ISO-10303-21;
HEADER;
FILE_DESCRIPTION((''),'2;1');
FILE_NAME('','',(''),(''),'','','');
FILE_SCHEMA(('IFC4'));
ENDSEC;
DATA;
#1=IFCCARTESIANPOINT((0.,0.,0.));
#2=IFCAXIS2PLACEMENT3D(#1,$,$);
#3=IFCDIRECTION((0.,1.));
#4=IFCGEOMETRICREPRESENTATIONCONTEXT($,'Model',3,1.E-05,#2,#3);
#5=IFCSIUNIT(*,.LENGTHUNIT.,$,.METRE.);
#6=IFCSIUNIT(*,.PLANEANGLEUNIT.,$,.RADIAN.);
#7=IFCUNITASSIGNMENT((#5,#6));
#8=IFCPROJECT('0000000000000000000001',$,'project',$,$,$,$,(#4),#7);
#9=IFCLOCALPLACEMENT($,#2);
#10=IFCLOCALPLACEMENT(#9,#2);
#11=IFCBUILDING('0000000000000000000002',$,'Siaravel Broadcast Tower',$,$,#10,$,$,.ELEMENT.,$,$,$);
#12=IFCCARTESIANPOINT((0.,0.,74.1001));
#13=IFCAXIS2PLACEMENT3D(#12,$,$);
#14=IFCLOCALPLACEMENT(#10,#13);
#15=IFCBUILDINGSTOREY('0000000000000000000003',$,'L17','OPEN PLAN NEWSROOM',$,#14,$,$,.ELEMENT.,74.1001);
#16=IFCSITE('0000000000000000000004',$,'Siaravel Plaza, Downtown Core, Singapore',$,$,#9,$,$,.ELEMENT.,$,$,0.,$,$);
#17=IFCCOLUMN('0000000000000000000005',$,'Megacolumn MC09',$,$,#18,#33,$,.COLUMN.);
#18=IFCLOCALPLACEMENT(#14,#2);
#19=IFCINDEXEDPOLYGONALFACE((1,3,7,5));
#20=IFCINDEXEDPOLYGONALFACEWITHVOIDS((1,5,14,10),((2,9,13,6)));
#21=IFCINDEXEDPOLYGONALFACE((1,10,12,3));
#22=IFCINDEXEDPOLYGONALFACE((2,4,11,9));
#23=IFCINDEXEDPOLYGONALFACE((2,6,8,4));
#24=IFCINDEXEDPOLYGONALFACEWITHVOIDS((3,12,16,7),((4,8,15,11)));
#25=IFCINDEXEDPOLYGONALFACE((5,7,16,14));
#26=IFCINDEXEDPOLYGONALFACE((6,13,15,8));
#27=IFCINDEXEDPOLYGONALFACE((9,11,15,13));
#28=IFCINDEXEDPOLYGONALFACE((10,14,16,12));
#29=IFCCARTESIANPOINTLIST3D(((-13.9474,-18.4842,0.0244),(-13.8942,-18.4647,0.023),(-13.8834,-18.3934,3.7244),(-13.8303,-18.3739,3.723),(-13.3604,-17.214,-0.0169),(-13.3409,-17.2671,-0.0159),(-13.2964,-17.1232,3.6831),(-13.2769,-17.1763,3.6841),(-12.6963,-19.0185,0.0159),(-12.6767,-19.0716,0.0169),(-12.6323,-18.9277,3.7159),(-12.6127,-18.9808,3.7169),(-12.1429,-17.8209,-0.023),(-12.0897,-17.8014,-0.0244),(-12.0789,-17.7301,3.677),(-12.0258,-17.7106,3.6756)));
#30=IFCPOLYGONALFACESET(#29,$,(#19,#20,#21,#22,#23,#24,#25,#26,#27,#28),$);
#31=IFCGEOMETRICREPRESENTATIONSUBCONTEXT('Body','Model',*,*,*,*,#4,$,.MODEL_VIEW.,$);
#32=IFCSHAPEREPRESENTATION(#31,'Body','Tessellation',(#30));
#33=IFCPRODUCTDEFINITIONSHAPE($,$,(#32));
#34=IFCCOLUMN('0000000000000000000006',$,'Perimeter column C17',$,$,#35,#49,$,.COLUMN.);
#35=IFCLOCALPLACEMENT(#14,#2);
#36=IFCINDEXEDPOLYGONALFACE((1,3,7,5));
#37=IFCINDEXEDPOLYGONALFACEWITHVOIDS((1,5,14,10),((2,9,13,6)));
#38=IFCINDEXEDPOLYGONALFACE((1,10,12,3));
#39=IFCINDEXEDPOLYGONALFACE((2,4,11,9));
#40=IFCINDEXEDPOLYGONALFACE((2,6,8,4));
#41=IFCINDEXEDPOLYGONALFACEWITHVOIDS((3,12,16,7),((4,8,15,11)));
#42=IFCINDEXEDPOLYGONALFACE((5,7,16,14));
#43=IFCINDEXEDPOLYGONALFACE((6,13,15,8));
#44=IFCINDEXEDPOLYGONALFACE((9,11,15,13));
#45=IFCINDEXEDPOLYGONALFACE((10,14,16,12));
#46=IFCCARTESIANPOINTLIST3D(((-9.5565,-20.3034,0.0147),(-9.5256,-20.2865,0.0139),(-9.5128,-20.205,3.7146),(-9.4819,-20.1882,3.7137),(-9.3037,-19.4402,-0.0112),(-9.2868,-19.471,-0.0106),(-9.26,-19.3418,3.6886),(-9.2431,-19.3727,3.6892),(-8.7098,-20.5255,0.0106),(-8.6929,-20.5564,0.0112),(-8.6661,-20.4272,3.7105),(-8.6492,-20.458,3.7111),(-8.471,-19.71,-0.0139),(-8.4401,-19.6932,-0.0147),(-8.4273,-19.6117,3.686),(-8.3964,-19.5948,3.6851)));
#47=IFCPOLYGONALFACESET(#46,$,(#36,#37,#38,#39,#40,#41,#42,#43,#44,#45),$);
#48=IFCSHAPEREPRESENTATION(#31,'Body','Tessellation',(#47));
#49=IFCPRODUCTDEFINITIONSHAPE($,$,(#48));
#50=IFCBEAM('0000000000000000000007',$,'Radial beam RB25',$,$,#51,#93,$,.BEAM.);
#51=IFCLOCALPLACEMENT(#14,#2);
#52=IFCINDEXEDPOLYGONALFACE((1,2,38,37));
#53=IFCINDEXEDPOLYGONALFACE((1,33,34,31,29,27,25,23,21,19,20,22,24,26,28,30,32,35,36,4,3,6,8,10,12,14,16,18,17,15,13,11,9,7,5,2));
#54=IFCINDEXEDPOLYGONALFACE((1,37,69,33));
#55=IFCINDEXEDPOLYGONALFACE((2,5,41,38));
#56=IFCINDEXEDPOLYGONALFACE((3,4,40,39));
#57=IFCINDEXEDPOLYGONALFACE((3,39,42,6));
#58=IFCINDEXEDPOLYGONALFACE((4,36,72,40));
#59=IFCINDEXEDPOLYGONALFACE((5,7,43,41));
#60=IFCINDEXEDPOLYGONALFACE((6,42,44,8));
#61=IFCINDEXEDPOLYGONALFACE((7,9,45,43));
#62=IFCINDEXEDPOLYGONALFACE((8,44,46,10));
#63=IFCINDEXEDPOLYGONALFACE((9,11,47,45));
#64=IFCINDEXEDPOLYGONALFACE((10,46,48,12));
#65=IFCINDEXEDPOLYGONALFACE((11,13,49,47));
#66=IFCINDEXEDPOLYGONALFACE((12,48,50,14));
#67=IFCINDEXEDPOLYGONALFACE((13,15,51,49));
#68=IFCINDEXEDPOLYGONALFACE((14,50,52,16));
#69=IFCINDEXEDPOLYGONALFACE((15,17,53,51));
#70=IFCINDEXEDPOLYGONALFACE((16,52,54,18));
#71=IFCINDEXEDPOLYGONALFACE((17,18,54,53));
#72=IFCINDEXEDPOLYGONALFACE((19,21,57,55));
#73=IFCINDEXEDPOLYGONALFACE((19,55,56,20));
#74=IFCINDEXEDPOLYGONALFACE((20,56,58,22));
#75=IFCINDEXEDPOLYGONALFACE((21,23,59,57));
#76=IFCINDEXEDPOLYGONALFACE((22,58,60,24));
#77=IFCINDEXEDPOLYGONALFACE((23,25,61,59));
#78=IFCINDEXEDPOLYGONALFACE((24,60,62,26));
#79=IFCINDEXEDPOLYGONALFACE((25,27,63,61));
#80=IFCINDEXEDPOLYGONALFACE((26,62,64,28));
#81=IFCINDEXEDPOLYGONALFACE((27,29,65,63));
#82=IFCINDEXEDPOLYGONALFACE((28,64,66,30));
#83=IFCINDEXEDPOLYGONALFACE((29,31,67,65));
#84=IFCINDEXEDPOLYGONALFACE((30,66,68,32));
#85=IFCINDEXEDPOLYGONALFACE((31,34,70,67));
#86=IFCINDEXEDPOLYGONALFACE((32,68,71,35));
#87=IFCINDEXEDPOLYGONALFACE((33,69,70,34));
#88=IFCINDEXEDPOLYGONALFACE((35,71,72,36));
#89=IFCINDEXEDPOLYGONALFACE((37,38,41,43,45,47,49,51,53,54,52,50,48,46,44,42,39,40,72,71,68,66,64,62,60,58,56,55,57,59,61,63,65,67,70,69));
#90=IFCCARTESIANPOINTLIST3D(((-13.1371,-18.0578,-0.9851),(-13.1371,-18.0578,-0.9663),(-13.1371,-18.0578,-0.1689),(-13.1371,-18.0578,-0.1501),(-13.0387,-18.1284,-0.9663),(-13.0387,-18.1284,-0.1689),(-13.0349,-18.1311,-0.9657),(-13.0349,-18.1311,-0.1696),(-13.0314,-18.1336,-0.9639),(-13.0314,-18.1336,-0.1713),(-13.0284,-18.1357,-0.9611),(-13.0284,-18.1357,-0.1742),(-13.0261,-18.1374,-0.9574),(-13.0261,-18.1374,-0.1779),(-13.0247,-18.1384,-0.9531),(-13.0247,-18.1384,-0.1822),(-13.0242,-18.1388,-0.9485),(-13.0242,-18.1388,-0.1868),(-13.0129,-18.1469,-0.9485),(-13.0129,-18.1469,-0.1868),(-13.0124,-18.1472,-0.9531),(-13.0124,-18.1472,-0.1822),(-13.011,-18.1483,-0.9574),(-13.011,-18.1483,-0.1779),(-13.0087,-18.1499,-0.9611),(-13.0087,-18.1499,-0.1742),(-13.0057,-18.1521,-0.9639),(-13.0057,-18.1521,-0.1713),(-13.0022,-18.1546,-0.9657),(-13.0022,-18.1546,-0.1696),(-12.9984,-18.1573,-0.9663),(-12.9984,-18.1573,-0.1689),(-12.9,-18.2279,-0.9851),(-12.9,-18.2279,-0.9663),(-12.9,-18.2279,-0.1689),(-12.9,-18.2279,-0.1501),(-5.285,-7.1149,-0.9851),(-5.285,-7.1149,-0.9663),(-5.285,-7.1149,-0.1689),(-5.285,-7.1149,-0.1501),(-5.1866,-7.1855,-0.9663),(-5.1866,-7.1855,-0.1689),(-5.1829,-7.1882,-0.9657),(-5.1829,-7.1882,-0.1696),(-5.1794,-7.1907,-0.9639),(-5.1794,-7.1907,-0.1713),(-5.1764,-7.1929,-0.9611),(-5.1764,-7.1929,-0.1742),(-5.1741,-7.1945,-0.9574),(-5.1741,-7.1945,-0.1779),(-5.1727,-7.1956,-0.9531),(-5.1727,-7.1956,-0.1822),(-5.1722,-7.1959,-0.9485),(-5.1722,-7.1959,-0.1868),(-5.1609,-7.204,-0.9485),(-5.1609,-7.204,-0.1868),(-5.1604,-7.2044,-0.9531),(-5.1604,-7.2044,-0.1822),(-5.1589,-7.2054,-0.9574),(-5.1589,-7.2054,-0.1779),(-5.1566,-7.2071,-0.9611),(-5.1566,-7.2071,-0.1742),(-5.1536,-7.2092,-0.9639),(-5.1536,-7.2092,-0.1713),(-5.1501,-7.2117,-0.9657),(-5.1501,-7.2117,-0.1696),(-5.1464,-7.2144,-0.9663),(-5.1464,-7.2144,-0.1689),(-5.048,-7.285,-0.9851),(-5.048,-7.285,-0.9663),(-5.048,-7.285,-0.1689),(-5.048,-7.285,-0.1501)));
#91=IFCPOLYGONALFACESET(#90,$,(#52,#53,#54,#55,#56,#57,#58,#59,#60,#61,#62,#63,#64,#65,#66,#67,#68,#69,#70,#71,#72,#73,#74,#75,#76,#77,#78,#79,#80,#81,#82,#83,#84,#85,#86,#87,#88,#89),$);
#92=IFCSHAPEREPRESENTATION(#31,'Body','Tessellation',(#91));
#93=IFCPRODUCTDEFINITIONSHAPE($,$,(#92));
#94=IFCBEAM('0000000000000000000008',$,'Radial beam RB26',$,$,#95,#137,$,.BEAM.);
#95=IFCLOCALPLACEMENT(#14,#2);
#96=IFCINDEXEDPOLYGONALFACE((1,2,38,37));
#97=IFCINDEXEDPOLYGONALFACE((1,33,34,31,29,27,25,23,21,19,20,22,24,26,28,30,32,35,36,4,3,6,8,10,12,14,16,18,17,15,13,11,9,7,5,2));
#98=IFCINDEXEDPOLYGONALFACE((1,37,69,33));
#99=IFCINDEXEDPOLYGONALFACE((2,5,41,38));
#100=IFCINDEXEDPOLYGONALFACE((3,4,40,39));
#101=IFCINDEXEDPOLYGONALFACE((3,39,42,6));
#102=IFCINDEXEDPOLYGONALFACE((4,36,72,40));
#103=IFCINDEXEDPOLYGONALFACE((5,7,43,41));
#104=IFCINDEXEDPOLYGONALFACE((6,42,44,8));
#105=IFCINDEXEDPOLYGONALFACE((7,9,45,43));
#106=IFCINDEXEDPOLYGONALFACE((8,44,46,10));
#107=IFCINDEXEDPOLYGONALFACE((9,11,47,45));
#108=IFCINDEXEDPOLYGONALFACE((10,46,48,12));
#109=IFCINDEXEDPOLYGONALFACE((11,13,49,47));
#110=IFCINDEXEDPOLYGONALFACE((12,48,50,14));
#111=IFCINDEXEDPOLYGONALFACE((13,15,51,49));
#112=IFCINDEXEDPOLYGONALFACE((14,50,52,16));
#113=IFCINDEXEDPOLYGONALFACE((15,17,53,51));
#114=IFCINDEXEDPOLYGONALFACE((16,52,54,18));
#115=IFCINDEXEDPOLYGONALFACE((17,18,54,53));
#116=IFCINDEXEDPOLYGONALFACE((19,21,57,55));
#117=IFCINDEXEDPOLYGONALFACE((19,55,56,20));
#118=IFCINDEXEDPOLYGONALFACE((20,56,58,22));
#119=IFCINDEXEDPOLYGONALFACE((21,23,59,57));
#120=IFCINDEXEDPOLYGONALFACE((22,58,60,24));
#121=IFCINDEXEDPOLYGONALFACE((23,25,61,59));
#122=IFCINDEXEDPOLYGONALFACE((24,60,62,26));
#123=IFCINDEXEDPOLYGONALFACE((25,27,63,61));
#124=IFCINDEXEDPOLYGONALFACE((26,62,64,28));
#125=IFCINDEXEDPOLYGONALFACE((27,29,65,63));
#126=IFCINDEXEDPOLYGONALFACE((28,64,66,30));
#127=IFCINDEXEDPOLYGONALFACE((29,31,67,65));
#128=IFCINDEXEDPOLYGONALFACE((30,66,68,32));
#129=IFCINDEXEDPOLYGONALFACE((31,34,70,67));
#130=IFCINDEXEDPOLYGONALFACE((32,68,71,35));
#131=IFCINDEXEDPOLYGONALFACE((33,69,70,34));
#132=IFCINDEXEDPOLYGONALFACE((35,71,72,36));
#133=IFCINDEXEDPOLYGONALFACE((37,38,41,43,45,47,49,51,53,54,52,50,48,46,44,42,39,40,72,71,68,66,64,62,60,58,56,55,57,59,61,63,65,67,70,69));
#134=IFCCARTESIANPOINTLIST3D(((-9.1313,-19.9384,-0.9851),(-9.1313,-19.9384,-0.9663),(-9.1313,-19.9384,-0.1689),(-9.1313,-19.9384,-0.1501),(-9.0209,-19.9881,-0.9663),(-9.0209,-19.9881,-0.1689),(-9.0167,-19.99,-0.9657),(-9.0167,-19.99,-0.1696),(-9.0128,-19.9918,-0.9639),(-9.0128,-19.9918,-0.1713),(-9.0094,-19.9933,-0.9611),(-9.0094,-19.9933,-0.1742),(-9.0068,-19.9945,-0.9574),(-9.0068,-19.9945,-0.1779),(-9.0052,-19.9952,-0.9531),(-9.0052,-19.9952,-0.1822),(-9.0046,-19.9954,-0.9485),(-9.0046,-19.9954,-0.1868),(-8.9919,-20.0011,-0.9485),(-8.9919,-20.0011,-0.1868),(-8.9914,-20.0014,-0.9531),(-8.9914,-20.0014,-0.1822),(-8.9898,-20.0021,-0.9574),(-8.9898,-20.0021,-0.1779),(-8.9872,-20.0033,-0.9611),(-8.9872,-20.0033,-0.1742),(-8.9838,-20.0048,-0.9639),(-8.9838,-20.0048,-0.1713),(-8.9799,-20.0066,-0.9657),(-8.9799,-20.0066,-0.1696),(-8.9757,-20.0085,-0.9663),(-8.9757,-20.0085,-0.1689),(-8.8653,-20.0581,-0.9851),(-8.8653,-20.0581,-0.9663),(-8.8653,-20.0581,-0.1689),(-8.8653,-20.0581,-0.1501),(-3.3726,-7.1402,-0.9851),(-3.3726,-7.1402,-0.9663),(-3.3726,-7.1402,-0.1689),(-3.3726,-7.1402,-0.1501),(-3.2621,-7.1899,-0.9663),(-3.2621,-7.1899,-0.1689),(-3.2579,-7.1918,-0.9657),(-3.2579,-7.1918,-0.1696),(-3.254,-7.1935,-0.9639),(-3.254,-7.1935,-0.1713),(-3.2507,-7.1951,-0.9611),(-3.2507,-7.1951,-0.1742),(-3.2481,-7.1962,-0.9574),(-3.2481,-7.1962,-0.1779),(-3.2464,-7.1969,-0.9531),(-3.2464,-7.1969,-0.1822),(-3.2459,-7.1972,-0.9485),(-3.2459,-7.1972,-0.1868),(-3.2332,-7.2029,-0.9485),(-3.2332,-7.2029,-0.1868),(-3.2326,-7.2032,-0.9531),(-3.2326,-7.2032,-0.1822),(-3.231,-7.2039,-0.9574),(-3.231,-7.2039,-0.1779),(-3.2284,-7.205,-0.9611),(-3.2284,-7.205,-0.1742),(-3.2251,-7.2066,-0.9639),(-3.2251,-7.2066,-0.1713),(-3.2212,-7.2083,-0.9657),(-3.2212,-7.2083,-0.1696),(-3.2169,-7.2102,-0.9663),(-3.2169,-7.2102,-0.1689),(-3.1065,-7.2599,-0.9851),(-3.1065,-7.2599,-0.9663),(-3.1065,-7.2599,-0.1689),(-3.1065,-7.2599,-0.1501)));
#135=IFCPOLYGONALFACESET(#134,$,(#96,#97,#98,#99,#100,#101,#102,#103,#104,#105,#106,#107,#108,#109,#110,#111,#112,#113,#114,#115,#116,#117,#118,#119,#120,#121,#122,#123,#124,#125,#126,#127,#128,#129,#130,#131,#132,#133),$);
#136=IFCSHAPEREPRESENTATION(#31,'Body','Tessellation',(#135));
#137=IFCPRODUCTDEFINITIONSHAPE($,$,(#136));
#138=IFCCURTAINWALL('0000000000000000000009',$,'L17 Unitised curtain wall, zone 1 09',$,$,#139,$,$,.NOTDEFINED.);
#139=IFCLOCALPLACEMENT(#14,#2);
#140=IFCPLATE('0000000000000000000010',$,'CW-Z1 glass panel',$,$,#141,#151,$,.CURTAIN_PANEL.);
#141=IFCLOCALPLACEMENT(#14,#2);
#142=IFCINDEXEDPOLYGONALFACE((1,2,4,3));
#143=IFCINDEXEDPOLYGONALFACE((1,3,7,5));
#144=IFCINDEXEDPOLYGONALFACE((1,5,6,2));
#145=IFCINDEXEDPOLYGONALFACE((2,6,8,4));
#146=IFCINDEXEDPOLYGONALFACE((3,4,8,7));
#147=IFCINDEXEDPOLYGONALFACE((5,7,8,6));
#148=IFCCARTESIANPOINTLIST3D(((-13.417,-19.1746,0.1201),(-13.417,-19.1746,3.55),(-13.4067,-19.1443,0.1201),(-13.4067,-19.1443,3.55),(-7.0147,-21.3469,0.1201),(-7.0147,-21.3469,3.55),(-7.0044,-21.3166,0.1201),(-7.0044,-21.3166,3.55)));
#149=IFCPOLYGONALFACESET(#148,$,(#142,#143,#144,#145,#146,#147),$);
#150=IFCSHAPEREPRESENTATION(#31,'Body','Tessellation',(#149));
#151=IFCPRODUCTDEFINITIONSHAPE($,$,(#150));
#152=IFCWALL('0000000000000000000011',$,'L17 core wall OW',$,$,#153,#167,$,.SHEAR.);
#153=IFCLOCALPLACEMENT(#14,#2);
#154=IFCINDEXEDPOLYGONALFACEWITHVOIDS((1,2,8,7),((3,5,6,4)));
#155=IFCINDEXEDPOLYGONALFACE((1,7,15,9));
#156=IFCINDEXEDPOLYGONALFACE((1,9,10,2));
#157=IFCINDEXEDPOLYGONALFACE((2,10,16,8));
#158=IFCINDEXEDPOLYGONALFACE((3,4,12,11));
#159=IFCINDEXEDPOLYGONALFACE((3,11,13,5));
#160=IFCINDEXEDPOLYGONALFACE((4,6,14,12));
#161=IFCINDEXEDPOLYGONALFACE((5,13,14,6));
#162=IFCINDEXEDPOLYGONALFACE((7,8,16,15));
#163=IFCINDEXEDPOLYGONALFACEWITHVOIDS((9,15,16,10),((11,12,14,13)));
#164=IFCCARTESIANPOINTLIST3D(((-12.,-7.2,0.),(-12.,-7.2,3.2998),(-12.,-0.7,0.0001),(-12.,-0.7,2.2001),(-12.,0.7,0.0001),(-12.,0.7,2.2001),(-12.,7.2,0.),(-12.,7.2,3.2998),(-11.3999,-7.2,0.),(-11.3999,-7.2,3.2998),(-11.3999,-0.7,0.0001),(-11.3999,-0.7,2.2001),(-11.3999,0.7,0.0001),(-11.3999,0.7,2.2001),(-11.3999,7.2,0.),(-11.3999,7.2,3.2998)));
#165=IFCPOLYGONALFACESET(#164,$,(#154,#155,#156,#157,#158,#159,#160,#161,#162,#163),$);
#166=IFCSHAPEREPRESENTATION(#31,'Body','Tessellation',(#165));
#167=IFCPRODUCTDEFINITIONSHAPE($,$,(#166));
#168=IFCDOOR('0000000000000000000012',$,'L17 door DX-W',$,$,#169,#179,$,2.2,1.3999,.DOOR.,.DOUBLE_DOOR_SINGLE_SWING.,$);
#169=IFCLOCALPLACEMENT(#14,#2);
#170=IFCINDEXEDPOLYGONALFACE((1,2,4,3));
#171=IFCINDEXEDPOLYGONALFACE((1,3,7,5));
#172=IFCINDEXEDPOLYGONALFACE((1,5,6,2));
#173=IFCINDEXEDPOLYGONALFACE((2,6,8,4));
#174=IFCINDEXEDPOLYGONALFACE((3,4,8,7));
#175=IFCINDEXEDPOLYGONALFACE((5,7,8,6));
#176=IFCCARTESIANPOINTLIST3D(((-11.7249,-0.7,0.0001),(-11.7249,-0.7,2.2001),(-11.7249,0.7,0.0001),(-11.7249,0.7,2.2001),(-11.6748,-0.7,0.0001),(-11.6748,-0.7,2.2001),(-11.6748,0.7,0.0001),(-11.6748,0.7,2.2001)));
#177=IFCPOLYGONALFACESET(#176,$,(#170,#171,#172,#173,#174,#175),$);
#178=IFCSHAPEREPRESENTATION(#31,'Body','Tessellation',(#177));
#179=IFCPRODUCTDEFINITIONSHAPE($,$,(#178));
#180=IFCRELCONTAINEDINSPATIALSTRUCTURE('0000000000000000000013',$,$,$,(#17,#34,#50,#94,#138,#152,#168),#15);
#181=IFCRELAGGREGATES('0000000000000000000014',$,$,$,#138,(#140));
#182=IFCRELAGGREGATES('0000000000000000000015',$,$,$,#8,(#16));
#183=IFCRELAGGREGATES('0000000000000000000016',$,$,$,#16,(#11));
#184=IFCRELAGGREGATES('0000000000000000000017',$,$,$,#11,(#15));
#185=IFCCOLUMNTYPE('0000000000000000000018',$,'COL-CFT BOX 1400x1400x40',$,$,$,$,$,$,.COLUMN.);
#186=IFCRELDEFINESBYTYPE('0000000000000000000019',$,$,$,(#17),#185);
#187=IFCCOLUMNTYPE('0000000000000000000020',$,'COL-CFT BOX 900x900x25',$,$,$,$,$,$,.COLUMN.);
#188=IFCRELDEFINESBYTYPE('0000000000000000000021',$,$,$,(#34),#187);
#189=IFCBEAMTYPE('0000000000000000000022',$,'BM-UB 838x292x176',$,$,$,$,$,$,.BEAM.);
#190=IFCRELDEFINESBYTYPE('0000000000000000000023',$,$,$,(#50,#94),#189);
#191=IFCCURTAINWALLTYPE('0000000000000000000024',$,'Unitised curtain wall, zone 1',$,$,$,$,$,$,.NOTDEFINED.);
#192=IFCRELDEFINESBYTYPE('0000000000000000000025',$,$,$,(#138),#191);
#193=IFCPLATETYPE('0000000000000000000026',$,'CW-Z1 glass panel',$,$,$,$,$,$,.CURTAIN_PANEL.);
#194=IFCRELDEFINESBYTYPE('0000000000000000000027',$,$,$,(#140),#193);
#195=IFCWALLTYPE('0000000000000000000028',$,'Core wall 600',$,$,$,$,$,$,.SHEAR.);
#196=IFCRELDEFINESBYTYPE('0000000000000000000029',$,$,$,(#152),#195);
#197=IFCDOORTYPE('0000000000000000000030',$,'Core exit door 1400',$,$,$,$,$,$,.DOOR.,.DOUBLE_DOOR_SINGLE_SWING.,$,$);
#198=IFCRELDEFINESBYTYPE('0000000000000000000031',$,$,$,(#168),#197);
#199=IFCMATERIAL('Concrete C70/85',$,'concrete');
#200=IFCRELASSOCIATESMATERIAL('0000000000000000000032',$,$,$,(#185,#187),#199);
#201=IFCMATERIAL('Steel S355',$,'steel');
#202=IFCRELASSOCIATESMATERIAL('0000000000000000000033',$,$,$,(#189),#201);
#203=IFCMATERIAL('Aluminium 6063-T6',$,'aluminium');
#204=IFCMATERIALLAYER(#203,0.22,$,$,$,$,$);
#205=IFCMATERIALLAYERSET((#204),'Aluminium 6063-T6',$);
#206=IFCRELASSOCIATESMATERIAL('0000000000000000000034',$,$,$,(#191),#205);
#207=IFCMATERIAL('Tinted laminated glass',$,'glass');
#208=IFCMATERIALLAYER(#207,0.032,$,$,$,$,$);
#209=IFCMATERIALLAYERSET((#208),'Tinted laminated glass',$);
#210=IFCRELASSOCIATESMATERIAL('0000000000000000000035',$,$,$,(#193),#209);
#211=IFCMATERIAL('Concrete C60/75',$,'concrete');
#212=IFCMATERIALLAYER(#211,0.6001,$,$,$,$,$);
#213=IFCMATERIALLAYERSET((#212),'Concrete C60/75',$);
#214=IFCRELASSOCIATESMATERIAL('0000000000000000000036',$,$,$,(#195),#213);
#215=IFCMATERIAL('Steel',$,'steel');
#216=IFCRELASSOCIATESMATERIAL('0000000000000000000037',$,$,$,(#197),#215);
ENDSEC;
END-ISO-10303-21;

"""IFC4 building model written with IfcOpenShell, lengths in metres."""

from ifc_helpers import new_model, si_unit, direction, frame, frame_2d, origin, origin_2d, place, context, subcontext, project, spatial, rectangle, hollow_rectangle, i_section, extrude, material, layer, layer_set, material_profile, profile_set, type_object, element, fill, aggregate, save


model = new_model("IFC4")

# Units and contexts
model_context = context("Model", 3, precision=1e-05, world=origin(), true_north=direction((0.0, 1.0)))
body_context = subcontext(model_context, "Body", "Model", "MODEL_VIEW")
ifc_project = project(units=[si_unit("LENGTHUNIT", "METRE"), si_unit("PLANEANGLEUNIT", "RADIAN")], contexts=[model_context])

# Site, building, storey
site_placement = place(None, origin())
site = spatial("IfcSite", under=ifc_project, at=site_placement, Name="Siaravel Plaza, Downtown Core, Singapore", CompositionType="ELEMENT", RefElevation=0.0)
building_placement = place(site_placement, origin())
building = spatial("IfcBuilding", under=site, at=building_placement, Name="Siaravel Broadcast Tower", CompositionType="ELEMENT")
storey_placement = place(building_placement, frame((0.0, 0.0, 74.1001)))
storey = spatial("IfcBuildingStorey", under=building, at=storey_placement, Name="L17", Description="OPEN PLAN NEWSROOM", CompositionType="ELEMENT", Elevation=74.1001)

# Columns
ifc_material_1 = material(Name="Concrete C70/85", Category="concrete")
ifc_material_profile_1 = material_profile(ifc_material_1, hollow_rectangle(XDim=1.3999, YDim=1.3999, WallThickness=0.04, at=origin_2d()))
ifc_profile_set_1 = profile_set([ifc_material_profile_1], Name="Concrete C70/85")
column_type_1 = type_object("IfcColumnType", Name="COL-CFT BOX 1400x1400x40", PredefinedType="COLUMN", material=ifc_profile_set_1)
column_1_placement = place(storey_placement, frame((-13.0186, -18.1428, 0.0), z_axis=(0.01728, 0.024535, 0.99955), x_axis=(-0.907686, 0.419615, 0.005392)))
element("IfcColumn", 1, at=column_1_placement, inside=storey, type_object=column_type_1, Name="Megacolumn MC09", PredefinedType="COLUMN", context=body_context, shape_type="SweptSolid", body=[
    extrude(hollow_rectangle(XDim=1.3999, YDim=1.3999, WallThickness=0.04, at=origin_2d()), origin(), (0.0, 0.0, 1.0), 3.7017),
])
ifc_material_profile_2 = material_profile(ifc_material_1, hollow_rectangle(XDim=0.8999, YDim=0.8999, WallThickness=0.0249, at=origin_2d()))
ifc_profile_set_2 = profile_set([ifc_material_profile_2], Name="Concrete C70/85")
column_type_2 = type_object("IfcColumnType", Name="COL-CFT BOX 900x900x25", PredefinedType="COLUMN", material=ifc_profile_set_2)
column_2_placement = place(storey_placement, frame((-8.9983, -19.9983, 0.0), z_axis=(0.011806, 0.026581, 0.999577), x_axis=(-0.959658, 0.281142, 0.003859)))
element("IfcColumn", 2, at=column_2_placement, inside=storey, type_object=column_type_2, Name="Perimeter column C17", PredefinedType="COLUMN", context=body_context, shape_type="SweptSolid", body=[
    extrude(hollow_rectangle(XDim=0.8999, YDim=0.8999, WallThickness=0.0249, at=origin_2d()), origin(), (0.0, 0.0, 1.0), 3.7014),
])

# Beams
ifc_material_2 = material(Name="Steel S355", Category="steel")
ifc_material_profile_3 = material_profile(ifc_material_2, i_section(OverallWidth=0.2917, OverallDepth=0.835, WebThickness=0.0139, FlangeThickness=0.0188, FilletRadius=0.0178, at=origin_2d()))
ifc_profile_set_3 = profile_set([ifc_material_profile_3], Name="Steel S355")
beam_type = type_object("IfcBeamType", Name="BM-UB 838x292x176", PredefinedType="BEAM", material=ifc_profile_set_3)
beam_1_placement = place(storey_placement, frame((-13.0186, -18.1428, -0.5676), z_axis=(0.582993, 0.812477, 0.0), x_axis=(-0.812477, 0.582993, 0.0)))
element("IfcBeam", 3, at=beam_1_placement, inside=storey, type_object=beam_type, Name="Radial beam RB25", PredefinedType="BEAM", context=body_context, shape_type="SweptSolid", body=[
    extrude(i_section(OverallWidth=0.2917, OverallDepth=0.835, WebThickness=0.0139, FlangeThickness=0.0188, FilletRadius=0.0178, at=origin_2d()), origin(), (0.0, 0.0, 1.0), 13.4685),
])
beam_2_placement = place(storey_placement, frame((-8.9983, -19.9983, -0.5676), z_axis=(0.410337, 0.911934, 0.0), x_axis=(-0.911934, 0.410337, 0.0)))
element("IfcBeam", 4, at=beam_2_placement, inside=storey, type_object=beam_type, Name="Radial beam RB26", PredefinedType="BEAM", context=body_context, shape_type="SweptSolid", body=[
    extrude(i_section(OverallWidth=0.2917, OverallDepth=0.835, WebThickness=0.0139, FlangeThickness=0.0188, FilletRadius=0.0178, at=origin_2d()), origin(), (0.0, 0.0, 1.0), 14.0342),
])

# Curtain wall, plate
ifc_material_3 = material(Name="Aluminium 6063-T6", Category="aluminium")
ifc_layer_1 = layer(ifc_material_3, 0.22)
ifc_layer_set_1 = layer_set([ifc_layer_1], Name="Aluminium 6063-T6")
curtain_wall_type = type_object("IfcCurtainWallType", Name="Unitised curtain wall, zone 1", PredefinedType="NOTDEFINED", material=ifc_layer_set_1)
curtain_wall_placement = place(storey_placement, origin())
curtain_wall = element("IfcCurtainWall", 5, at=curtain_wall_placement, inside=storey, type_object=curtain_wall_type, Name="L17 Unitised curtain wall, zone 1 09", PredefinedType="NOTDEFINED")
ifc_material_4 = material(Name="Tinted laminated glass", Category="glass")
ifc_layer_2 = layer(ifc_material_4, 0.032)
ifc_layer_set_2 = layer_set([ifc_layer_2], Name="Tinted laminated glass")
plate_type = type_object("IfcPlateType", Name="CW-Z1 glass panel", PredefinedType="CURTAIN_PANEL", material=ifc_layer_set_2)
plate_placement = place(storey_placement, frame((-10.2107, -20.2456, 0.1201), z_axis=(0.0, 0.0, 1.0), x_axis=(0.946977, -0.321301, 0.0)))
plate = element("IfcPlate", 6, at=plate_placement, type_object=plate_type, Name="CW-Z1 glass panel", PredefinedType="CURTAIN_PANEL", context=body_context, shape_type="SweptSolid", body=[
    extrude(rectangle(XDim=6.7607, YDim=0.032, at=origin_2d()), origin(), (0.0, 0.0, 1.0), 3.4299),
])
aggregate(curtain_wall, [plate])

# Wall, opening, door
ifc_material_5 = material(Name="Concrete C60/75", Category="concrete")
ifc_layer_3 = layer(ifc_material_5, 0.6001)
ifc_layer_set_3 = layer_set([ifc_layer_3], Name="Concrete C60/75")
wall_type_1 = type_object("IfcWallType", Name="Core wall 600", PredefinedType="SHEAR", material=ifc_layer_set_3)
wall_1_placement = place(storey_placement, frame((-11.7, -7.2, 0.0), z_axis=(0.0, 0.0, 1.0), x_axis=(0.0, 1.0, 0.0)))
wall_1 = element("IfcWall", 7, at=wall_1_placement, inside=storey, type_object=wall_type_1, Name="L17 core wall OW", PredefinedType="SHEAR", context=body_context, shape_type="SweptSolid", body=[
    extrude(rectangle(XDim=14.3999, YDim=0.6001, at=frame_2d((7.2, 0.0))), origin(), (0.0, 0.0, 1.0), 3.2998),
])
opening_1_placement = place(wall_1_placement, frame((6.5, 0.0, 0.0)))
opening_1 = element("IfcOpeningElement", 8, at=opening_1_placement, cuts=wall_1, PredefinedType="OPENING", context=body_context, shape_type="SweptSolid", body=[
    extrude(rectangle(XDim=1.3999, YDim=2.2, at=frame_2d((0.7, 1.1001))), frame((0.0, 0.3101, 0.0), z_axis=(0.0, -1.0, 0.0), x_axis=(1.0, 0.0, 0.0)), (0.0, 0.0, 1.0), 0.6201),
])
ifc_material_6 = material(Name="Steel", Category="steel")
door_type_1 = type_object("IfcDoorType", Name="Core exit door 1400", OperationType="DOUBLE_DOOR_SINGLE_SWING", PredefinedType="DOOR", material=ifc_material_6)
door_1_placement = place(opening_1_placement, origin())
door_1 = element("IfcDoor", 9, at=door_1_placement, inside=storey, type_object=door_type_1, Name="L17 door DX-W", OperationType="DOUBLE_DOOR_SINGLE_SWING", OverallHeight=2.2, OverallWidth=1.3999, PredefinedType="DOOR", context=body_context, shape_type="SweptSolid", body=[
    extrude(rectangle(XDim=1.3999, YDim=2.2, at=frame_2d((0.7, 1.1001))), frame((0.0, 0.0249, 0.0), z_axis=(0.0, -1.0, 0.0), x_axis=(1.0, 0.0, 0.0)), (0.0, 0.0, 1.0), 0.05),
])
fill(opening_1, door_1)

save(model, "model.ifc")
